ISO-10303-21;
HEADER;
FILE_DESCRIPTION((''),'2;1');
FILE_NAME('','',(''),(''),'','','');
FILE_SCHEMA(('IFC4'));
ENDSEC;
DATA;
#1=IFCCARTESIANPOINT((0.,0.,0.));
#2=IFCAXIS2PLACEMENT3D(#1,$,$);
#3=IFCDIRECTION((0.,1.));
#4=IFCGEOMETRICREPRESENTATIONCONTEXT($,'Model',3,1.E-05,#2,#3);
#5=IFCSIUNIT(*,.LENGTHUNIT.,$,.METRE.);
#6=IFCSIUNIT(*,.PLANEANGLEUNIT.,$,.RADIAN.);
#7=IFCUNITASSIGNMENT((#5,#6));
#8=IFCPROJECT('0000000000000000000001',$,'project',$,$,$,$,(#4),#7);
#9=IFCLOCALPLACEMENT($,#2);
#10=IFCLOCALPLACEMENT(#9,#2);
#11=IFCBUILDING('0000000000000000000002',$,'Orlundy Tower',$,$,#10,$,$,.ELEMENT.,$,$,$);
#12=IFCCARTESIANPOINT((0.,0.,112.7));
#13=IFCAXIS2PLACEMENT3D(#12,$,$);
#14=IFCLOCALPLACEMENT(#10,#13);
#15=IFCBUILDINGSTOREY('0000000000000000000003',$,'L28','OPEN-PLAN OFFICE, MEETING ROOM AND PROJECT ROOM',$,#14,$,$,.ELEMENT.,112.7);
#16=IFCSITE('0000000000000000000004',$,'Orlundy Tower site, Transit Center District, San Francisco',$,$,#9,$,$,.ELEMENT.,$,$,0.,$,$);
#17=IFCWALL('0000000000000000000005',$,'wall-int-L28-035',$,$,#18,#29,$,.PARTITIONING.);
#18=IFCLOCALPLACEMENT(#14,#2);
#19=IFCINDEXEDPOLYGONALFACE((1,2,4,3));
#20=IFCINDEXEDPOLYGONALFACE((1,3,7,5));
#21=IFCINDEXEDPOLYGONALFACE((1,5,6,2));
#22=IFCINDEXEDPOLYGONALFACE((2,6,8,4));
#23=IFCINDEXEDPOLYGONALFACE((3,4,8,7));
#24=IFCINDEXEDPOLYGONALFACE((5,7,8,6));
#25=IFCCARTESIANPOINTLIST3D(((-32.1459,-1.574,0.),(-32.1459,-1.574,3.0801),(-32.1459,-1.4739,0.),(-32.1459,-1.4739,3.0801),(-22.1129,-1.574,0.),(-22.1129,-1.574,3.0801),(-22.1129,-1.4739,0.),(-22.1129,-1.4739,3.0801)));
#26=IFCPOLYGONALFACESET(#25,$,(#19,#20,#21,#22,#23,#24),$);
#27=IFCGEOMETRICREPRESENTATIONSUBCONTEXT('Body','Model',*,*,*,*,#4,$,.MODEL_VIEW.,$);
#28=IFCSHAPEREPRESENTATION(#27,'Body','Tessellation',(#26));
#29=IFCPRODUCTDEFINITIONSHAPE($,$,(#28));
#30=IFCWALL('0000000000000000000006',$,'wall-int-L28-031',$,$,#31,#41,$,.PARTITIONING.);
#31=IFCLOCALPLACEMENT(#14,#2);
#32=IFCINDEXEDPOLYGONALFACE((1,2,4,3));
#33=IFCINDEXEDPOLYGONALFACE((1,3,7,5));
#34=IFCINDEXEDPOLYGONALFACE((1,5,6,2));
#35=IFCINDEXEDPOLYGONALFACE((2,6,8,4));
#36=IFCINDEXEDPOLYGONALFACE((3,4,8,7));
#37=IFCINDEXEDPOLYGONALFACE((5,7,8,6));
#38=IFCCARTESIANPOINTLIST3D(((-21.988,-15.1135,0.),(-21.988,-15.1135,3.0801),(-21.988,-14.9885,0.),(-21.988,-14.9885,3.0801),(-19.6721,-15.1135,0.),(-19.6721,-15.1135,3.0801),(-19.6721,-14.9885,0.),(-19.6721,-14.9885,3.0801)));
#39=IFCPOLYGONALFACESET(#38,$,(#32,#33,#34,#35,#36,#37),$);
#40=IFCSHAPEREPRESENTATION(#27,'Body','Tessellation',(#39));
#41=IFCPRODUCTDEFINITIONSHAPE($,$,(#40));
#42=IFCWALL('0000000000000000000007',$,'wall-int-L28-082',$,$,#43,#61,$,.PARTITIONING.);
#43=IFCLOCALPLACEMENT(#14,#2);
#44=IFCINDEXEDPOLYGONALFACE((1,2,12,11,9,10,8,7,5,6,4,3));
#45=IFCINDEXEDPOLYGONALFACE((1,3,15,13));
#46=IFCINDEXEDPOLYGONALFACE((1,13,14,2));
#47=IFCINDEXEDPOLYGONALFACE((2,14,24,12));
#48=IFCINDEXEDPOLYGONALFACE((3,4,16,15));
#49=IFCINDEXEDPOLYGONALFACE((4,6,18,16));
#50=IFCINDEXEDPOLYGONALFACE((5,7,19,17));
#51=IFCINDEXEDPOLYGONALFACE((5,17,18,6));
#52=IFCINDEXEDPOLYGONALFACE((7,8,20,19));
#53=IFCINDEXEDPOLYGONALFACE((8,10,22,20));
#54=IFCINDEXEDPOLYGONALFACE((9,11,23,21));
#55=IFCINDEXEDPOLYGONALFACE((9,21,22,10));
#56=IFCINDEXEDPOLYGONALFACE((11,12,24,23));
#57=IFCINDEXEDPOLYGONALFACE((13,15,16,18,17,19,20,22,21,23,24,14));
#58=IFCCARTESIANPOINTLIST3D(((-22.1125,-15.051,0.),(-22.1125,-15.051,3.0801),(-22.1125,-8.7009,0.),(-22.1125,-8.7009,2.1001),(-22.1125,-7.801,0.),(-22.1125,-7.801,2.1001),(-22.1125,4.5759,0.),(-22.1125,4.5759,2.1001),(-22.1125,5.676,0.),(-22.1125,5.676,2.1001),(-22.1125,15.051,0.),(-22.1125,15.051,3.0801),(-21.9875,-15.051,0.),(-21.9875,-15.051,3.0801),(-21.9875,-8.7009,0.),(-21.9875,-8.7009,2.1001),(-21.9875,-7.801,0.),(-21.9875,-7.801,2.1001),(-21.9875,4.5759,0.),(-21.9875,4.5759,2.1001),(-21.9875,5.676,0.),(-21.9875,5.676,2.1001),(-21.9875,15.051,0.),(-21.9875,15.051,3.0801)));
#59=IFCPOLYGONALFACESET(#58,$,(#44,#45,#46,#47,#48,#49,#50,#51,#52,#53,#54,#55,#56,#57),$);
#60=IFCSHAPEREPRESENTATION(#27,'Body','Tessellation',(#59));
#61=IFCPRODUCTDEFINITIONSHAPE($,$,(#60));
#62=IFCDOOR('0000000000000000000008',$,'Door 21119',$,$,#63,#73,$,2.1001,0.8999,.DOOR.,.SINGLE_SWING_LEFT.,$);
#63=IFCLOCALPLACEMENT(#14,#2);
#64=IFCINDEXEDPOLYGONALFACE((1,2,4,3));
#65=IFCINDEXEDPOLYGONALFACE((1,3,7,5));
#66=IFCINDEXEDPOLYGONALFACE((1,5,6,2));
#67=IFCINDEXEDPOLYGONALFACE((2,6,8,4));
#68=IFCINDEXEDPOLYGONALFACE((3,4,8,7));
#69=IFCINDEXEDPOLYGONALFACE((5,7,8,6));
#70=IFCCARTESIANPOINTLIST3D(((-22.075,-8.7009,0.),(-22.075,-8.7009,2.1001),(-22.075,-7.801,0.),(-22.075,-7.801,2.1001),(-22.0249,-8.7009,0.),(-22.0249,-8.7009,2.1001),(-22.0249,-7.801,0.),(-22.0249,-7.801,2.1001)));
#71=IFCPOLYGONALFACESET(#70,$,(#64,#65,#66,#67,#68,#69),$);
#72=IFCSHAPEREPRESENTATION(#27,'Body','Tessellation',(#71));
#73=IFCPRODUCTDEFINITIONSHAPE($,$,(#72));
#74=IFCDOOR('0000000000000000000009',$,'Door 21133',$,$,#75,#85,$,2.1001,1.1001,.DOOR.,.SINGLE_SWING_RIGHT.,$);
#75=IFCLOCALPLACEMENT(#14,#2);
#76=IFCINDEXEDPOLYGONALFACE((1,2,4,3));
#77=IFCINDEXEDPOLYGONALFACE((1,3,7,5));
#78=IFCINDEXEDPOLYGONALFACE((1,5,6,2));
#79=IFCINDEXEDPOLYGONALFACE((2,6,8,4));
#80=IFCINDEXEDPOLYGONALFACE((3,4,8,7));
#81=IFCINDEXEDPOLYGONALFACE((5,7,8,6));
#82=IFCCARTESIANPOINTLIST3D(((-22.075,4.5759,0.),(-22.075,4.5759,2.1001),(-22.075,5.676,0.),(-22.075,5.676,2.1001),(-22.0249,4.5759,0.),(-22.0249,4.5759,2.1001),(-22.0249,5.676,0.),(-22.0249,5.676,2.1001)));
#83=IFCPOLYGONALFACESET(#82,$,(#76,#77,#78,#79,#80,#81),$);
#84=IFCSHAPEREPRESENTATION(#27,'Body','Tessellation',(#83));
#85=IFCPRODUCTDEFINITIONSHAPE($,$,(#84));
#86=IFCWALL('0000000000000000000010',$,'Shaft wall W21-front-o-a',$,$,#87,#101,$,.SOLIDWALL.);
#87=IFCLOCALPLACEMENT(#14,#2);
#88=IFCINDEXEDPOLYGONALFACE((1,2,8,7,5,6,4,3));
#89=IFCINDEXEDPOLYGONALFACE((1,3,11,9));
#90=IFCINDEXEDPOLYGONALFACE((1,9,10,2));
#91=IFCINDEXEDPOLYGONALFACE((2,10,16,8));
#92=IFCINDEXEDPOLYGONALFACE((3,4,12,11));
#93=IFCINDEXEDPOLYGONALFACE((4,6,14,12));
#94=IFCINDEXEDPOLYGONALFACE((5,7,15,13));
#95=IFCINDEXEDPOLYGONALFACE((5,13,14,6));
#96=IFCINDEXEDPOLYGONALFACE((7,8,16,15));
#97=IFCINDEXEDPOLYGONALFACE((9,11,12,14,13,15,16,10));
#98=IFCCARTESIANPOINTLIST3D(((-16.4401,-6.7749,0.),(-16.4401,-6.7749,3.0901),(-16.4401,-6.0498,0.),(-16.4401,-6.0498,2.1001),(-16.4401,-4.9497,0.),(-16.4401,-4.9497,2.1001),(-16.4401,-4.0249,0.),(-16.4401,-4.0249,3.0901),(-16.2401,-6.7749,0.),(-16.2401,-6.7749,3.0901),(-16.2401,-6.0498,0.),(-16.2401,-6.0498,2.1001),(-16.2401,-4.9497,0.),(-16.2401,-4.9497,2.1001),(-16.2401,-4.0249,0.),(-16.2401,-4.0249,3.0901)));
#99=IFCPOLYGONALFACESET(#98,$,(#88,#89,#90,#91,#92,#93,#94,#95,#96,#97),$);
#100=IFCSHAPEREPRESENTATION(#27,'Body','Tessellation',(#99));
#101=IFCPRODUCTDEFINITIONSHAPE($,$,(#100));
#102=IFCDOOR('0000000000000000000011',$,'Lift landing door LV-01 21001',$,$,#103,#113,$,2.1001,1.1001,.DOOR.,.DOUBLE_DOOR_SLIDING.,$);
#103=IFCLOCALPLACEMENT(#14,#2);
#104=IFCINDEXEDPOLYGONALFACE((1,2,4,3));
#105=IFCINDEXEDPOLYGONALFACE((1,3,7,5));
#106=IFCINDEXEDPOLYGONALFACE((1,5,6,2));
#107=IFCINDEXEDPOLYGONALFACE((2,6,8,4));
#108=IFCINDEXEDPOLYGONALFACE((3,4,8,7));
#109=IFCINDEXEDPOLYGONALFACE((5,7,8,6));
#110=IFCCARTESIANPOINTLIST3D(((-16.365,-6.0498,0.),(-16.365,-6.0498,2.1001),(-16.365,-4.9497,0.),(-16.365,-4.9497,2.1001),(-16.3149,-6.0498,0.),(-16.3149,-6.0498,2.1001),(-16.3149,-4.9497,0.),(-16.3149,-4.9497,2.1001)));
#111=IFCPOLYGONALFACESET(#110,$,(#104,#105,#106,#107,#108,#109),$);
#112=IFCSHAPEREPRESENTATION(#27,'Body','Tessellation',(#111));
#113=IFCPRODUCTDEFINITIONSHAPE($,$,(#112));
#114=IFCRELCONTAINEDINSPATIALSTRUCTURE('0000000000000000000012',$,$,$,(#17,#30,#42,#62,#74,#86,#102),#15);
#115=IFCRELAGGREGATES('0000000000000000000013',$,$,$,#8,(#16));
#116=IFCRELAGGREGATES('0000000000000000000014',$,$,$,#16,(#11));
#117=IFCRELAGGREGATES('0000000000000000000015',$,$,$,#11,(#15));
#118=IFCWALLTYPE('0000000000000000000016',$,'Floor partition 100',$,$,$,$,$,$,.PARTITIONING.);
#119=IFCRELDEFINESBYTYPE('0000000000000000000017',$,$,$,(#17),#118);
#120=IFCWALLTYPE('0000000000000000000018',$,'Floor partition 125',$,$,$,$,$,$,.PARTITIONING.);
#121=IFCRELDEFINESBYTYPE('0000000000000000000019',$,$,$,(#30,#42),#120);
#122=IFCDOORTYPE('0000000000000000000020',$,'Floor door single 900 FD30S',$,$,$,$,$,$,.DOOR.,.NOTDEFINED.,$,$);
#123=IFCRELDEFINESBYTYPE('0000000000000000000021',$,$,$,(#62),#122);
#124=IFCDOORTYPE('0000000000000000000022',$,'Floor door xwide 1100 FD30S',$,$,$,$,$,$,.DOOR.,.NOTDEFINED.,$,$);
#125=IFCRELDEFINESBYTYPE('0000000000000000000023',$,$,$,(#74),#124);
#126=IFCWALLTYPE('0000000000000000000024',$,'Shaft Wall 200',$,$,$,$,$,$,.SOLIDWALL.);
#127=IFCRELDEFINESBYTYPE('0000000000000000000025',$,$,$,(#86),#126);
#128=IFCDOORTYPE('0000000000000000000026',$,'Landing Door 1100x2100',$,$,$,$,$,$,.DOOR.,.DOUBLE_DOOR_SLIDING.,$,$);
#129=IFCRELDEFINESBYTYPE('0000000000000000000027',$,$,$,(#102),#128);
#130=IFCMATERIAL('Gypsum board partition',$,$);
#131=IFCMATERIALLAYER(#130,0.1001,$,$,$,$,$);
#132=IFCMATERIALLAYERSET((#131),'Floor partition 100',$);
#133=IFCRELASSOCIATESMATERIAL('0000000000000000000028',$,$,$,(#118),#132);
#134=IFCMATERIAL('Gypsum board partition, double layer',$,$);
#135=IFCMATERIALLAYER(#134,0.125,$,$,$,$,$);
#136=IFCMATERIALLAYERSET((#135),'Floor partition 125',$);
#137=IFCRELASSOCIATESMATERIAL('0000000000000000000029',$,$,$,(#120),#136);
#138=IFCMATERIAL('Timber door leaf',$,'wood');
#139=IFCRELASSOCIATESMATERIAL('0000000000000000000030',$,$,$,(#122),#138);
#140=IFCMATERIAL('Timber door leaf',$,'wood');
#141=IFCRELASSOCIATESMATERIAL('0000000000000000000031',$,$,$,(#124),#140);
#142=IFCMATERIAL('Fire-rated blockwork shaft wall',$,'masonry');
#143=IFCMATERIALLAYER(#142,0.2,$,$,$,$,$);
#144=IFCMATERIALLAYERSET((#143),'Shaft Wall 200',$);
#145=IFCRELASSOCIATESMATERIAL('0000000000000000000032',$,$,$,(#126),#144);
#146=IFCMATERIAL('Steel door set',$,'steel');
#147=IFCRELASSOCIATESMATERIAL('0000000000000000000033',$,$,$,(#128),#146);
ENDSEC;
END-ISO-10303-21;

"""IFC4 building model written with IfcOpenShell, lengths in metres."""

from ifc_helpers import new_model, si_unit, direction, frame, frame_2d, origin, place, context, subcontext, project, spatial, rectangle, extrude, material, layer, layer_set, type_object, element, fill, save


model = new_model("IFC4")

# Units and contexts
model_context = context("Model", 3, precision=1e-05, world=origin(), true_north=direction((0.0, 1.0)))
body_context = subcontext(model_context, "Body", "Model", "MODEL_VIEW")
ifc_project = project(units=[si_unit("LENGTHUNIT", "METRE"), si_unit("PLANEANGLEUNIT", "RADIAN")], contexts=[model_context])

# Site, building, storey
site_placement = place(None, origin())
site = spatial("IfcSite", under=ifc_project, at=site_placement, Name="Orlundy Tower site, Transit Center District, San Francisco", CompositionType="ELEMENT", RefElevation=0.0)
building_placement = place(site_placement, origin())
building = spatial("IfcBuilding", under=site, at=building_placement, Name="Orlundy Tower", CompositionType="ELEMENT")
storey_placement = place(building_placement, frame((0.0, 0.0, 112.7)))
storey = spatial("IfcBuildingStorey", under=building, at=storey_placement, Name="L28", Description="OPEN-PLAN OFFICE, MEETING ROOM AND PROJECT ROOM", CompositionType="ELEMENT", Elevation=112.7)

# Walls
ifc_material_1 = material(Name="Gypsum board partition")
ifc_layer_1 = layer(ifc_material_1, 0.1001)
ifc_layer_set_1 = layer_set([ifc_layer_1], Name="Floor partition 100")
wall_type_1 = type_object("IfcWallType", Name="Floor partition 100", PredefinedType="PARTITIONING", material=ifc_layer_set_1)
wall_1_placement = place(storey_placement, frame((-32.146, -1.5239, 0.0), z_axis=(0.0, 0.0, 1.0), x_axis=(1.0, 0.0, 0.0)))
element("IfcWall", 1, at=wall_1_placement, inside=storey, type_object=wall_type_1, Name="wall-int-L28-035", PredefinedType="PARTITIONING", context=body_context, shape_type="SweptSolid", body=[
    extrude(rectangle(XDim=10.033, YDim=0.1001, at=frame_2d((5.0166, 0.0))), origin(), (0.0, 0.0, 1.0), 3.0801),
])
ifc_material_2 = material(Name="Gypsum board partition, double layer")
ifc_layer_2 = layer(ifc_material_2, 0.125)
ifc_layer_set_2 = layer_set([ifc_layer_2], Name="Floor partition 125")
wall_type_2 = type_object("IfcWallType", Name="Floor partition 125", PredefinedType="PARTITIONING", material=ifc_layer_set_2)
wall_2_placement = place(storey_placement, frame((-21.988, -15.051, 0.0), z_axis=(0.0, 0.0, 1.0), x_axis=(1.0, 0.0, 0.0)))
element("IfcWall", 2, at=wall_2_placement, inside=storey, type_object=wall_type_2, Name="wall-int-L28-031", PredefinedType="PARTITIONING", context=body_context, shape_type="SweptSolid", body=[
    extrude(rectangle(XDim=2.3159, YDim=0.125, at=frame_2d((1.158, 0.0))), origin(), (0.0, 0.0, 1.0), 3.0801),
])

# Wall, openings, doors
wall_3_placement = place(storey_placement, frame((-22.05, -15.051, 0.0), z_axis=(0.0, 0.0, 1.0), x_axis=(0.0, 1.0, 0.0)))
wall_3 = element("IfcWall", 3, at=wall_3_placement, inside=storey, type_object=wall_type_2, Name="wall-int-L28-082", PredefinedType="PARTITIONING", context=body_context, shape_type="SweptSolid", body=[
    extrude(rectangle(XDim=30.1021, YDim=0.125, at=frame_2d((15.051, 0.0))), origin(), (0.0, 0.0, 1.0), 3.0801),
])
opening_1_placement = place(wall_3_placement, frame((6.3501, 0.0, 0.0)))
opening_1 = element("IfcOpeningElement", 4, at=opening_1_placement, cuts=wall_3, PredefinedType="OPENING", context=body_context, shape_type="SweptSolid", body=[
    extrude(rectangle(XDim=0.8999, YDim=2.1001, at=frame_2d((0.45, 1.05))), frame((0.0, 0.0725, 0.0), z_axis=(0.0, -1.0, 0.0), x_axis=(1.0, 0.0, 0.0)), (0.0, 0.0, 1.0), 0.145),
])
opening_2_placement = place(wall_3_placement, frame((19.627, 0.0, 0.0)))
opening_2 = element("IfcOpeningElement", 5, at=opening_2_placement, cuts=wall_3, PredefinedType="OPENING", context=body_context, shape_type="SweptSolid", body=[
    extrude(rectangle(XDim=1.1001, YDim=2.1001, at=frame_2d((0.55, 1.05))), frame((0.0, 0.0725, 0.0), z_axis=(0.0, -1.0, 0.0), x_axis=(1.0, 0.0, 0.0)), (0.0, 0.0, 1.0), 0.145),
])
ifc_material_3 = material(Name="Timber door leaf", Category="wood")
door_type_1 = type_object("IfcDoorType", Name="Floor door single 900 FD30S", OperationType="NOTDEFINED", PredefinedType="DOOR", material=ifc_material_3)
door_1_placement = place(opening_1_placement, origin())
door_1 = element("IfcDoor", 6, at=door_1_placement, inside=storey, type_object=door_type_1, Name="Door 21119", OperationType="SINGLE_SWING_LEFT", OverallHeight=2.1001, OverallWidth=0.8999, PredefinedType="DOOR", context=body_context, shape_type="SweptSolid", body=[
    extrude(rectangle(XDim=0.8999, YDim=2.1001, at=frame_2d((0.45, 1.05))), frame((0.0, 0.0249, 0.0), z_axis=(0.0, -1.0, 0.0), x_axis=(1.0, 0.0, 0.0)), (0.0, 0.0, 1.0), 0.05),
])
fill(opening_1, door_1)
ifc_material_4 = material(Name="Timber door leaf", Category="wood")
door_type_2 = type_object("IfcDoorType", Name="Floor door xwide 1100 FD30S", OperationType="NOTDEFINED", PredefinedType="DOOR", material=ifc_material_4)
door_2_placement = place(opening_2_placement, origin())
door_2 = element("IfcDoor", 7, at=door_2_placement, inside=storey, type_object=door_type_2, Name="Door 21133", OperationType="SINGLE_SWING_RIGHT", OverallHeight=2.1001, OverallWidth=1.1001, PredefinedType="DOOR", context=body_context, shape_type="SweptSolid", body=[
    extrude(rectangle(XDim=1.1001, YDim=2.1001, at=frame_2d((0.55, 1.05))), frame((0.0, 0.0249, 0.0), z_axis=(0.0, -1.0, 0.0), x_axis=(1.0, 0.0, 0.0)), (0.0, 0.0, 1.0), 0.05),
])
fill(opening_2, door_2)

# Wall, opening, door
ifc_material_5 = material(Name="Fire-rated blockwork shaft wall", Category="masonry")
ifc_layer_3 = layer(ifc_material_5, 0.2)
ifc_layer_set_3 = layer_set([ifc_layer_3], Name="Shaft Wall 200")
wall_type_3 = type_object("IfcWallType", Name="Shaft Wall 200", PredefinedType="SOLIDWALL", material=ifc_layer_set_3)
wall_4_placement = place(storey_placement, frame((-16.3401, -6.7749, 0.0), z_axis=(0.0, 0.0, 1.0), x_axis=(0.0, 1.0, 0.0)))
wall_4 = element("IfcWall", 8, at=wall_4_placement, inside=storey, type_object=wall_type_3, Name="Shaft wall W21-front-o-a", PredefinedType="SOLIDWALL", context=body_context, shape_type="SweptSolid", body=[
    extrude(rectangle(XDim=2.75, YDim=0.2, at=frame_2d((1.375, 0.0))), origin(), (0.0, 0.0, 1.0), 3.0901),
])
opening_3_placement = place(wall_4_placement, frame((0.7251, 0.0, 0.0)))
opening_3 = element("IfcOpeningElement", 9, at=opening_3_placement, cuts=wall_4, PredefinedType="OPENING", context=body_context, shape_type="SweptSolid", body=[
    extrude(rectangle(XDim=1.1001, YDim=2.1001, at=frame_2d((0.55, 1.05))), frame((0.0, 0.1101, 0.0), z_axis=(0.0, -1.0, 0.0), x_axis=(1.0, 0.0, 0.0)), (0.0, 0.0, 1.0), 0.2202),
])
ifc_material_6 = material(Name="Steel door set", Category="steel")
door_type_3 = type_object("IfcDoorType", Name="Landing Door 1100x2100", OperationType="DOUBLE_DOOR_SLIDING", PredefinedType="DOOR", material=ifc_material_6)
door_3_placement = place(opening_3_placement, origin())
door_3 = element("IfcDoor", 10, at=door_3_placement, inside=storey, type_object=door_type_3, Name="Lift landing door LV-01 21001", OperationType="DOUBLE_DOOR_SLIDING", OverallHeight=2.1001, OverallWidth=1.1001, PredefinedType="DOOR", context=body_context, shape_type="SweptSolid", body=[
    extrude(rectangle(XDim=1.1001, YDim=2.1001, at=frame_2d((0.55, 1.05))), frame((0.0, 0.0249, 0.0), z_axis=(0.0, -1.0, 0.0), x_axis=(1.0, 0.0, 0.0)), (0.0, 0.0, 1.0), 0.05),
])
fill(opening_3, door_3)

save(model, "model.ifc")
